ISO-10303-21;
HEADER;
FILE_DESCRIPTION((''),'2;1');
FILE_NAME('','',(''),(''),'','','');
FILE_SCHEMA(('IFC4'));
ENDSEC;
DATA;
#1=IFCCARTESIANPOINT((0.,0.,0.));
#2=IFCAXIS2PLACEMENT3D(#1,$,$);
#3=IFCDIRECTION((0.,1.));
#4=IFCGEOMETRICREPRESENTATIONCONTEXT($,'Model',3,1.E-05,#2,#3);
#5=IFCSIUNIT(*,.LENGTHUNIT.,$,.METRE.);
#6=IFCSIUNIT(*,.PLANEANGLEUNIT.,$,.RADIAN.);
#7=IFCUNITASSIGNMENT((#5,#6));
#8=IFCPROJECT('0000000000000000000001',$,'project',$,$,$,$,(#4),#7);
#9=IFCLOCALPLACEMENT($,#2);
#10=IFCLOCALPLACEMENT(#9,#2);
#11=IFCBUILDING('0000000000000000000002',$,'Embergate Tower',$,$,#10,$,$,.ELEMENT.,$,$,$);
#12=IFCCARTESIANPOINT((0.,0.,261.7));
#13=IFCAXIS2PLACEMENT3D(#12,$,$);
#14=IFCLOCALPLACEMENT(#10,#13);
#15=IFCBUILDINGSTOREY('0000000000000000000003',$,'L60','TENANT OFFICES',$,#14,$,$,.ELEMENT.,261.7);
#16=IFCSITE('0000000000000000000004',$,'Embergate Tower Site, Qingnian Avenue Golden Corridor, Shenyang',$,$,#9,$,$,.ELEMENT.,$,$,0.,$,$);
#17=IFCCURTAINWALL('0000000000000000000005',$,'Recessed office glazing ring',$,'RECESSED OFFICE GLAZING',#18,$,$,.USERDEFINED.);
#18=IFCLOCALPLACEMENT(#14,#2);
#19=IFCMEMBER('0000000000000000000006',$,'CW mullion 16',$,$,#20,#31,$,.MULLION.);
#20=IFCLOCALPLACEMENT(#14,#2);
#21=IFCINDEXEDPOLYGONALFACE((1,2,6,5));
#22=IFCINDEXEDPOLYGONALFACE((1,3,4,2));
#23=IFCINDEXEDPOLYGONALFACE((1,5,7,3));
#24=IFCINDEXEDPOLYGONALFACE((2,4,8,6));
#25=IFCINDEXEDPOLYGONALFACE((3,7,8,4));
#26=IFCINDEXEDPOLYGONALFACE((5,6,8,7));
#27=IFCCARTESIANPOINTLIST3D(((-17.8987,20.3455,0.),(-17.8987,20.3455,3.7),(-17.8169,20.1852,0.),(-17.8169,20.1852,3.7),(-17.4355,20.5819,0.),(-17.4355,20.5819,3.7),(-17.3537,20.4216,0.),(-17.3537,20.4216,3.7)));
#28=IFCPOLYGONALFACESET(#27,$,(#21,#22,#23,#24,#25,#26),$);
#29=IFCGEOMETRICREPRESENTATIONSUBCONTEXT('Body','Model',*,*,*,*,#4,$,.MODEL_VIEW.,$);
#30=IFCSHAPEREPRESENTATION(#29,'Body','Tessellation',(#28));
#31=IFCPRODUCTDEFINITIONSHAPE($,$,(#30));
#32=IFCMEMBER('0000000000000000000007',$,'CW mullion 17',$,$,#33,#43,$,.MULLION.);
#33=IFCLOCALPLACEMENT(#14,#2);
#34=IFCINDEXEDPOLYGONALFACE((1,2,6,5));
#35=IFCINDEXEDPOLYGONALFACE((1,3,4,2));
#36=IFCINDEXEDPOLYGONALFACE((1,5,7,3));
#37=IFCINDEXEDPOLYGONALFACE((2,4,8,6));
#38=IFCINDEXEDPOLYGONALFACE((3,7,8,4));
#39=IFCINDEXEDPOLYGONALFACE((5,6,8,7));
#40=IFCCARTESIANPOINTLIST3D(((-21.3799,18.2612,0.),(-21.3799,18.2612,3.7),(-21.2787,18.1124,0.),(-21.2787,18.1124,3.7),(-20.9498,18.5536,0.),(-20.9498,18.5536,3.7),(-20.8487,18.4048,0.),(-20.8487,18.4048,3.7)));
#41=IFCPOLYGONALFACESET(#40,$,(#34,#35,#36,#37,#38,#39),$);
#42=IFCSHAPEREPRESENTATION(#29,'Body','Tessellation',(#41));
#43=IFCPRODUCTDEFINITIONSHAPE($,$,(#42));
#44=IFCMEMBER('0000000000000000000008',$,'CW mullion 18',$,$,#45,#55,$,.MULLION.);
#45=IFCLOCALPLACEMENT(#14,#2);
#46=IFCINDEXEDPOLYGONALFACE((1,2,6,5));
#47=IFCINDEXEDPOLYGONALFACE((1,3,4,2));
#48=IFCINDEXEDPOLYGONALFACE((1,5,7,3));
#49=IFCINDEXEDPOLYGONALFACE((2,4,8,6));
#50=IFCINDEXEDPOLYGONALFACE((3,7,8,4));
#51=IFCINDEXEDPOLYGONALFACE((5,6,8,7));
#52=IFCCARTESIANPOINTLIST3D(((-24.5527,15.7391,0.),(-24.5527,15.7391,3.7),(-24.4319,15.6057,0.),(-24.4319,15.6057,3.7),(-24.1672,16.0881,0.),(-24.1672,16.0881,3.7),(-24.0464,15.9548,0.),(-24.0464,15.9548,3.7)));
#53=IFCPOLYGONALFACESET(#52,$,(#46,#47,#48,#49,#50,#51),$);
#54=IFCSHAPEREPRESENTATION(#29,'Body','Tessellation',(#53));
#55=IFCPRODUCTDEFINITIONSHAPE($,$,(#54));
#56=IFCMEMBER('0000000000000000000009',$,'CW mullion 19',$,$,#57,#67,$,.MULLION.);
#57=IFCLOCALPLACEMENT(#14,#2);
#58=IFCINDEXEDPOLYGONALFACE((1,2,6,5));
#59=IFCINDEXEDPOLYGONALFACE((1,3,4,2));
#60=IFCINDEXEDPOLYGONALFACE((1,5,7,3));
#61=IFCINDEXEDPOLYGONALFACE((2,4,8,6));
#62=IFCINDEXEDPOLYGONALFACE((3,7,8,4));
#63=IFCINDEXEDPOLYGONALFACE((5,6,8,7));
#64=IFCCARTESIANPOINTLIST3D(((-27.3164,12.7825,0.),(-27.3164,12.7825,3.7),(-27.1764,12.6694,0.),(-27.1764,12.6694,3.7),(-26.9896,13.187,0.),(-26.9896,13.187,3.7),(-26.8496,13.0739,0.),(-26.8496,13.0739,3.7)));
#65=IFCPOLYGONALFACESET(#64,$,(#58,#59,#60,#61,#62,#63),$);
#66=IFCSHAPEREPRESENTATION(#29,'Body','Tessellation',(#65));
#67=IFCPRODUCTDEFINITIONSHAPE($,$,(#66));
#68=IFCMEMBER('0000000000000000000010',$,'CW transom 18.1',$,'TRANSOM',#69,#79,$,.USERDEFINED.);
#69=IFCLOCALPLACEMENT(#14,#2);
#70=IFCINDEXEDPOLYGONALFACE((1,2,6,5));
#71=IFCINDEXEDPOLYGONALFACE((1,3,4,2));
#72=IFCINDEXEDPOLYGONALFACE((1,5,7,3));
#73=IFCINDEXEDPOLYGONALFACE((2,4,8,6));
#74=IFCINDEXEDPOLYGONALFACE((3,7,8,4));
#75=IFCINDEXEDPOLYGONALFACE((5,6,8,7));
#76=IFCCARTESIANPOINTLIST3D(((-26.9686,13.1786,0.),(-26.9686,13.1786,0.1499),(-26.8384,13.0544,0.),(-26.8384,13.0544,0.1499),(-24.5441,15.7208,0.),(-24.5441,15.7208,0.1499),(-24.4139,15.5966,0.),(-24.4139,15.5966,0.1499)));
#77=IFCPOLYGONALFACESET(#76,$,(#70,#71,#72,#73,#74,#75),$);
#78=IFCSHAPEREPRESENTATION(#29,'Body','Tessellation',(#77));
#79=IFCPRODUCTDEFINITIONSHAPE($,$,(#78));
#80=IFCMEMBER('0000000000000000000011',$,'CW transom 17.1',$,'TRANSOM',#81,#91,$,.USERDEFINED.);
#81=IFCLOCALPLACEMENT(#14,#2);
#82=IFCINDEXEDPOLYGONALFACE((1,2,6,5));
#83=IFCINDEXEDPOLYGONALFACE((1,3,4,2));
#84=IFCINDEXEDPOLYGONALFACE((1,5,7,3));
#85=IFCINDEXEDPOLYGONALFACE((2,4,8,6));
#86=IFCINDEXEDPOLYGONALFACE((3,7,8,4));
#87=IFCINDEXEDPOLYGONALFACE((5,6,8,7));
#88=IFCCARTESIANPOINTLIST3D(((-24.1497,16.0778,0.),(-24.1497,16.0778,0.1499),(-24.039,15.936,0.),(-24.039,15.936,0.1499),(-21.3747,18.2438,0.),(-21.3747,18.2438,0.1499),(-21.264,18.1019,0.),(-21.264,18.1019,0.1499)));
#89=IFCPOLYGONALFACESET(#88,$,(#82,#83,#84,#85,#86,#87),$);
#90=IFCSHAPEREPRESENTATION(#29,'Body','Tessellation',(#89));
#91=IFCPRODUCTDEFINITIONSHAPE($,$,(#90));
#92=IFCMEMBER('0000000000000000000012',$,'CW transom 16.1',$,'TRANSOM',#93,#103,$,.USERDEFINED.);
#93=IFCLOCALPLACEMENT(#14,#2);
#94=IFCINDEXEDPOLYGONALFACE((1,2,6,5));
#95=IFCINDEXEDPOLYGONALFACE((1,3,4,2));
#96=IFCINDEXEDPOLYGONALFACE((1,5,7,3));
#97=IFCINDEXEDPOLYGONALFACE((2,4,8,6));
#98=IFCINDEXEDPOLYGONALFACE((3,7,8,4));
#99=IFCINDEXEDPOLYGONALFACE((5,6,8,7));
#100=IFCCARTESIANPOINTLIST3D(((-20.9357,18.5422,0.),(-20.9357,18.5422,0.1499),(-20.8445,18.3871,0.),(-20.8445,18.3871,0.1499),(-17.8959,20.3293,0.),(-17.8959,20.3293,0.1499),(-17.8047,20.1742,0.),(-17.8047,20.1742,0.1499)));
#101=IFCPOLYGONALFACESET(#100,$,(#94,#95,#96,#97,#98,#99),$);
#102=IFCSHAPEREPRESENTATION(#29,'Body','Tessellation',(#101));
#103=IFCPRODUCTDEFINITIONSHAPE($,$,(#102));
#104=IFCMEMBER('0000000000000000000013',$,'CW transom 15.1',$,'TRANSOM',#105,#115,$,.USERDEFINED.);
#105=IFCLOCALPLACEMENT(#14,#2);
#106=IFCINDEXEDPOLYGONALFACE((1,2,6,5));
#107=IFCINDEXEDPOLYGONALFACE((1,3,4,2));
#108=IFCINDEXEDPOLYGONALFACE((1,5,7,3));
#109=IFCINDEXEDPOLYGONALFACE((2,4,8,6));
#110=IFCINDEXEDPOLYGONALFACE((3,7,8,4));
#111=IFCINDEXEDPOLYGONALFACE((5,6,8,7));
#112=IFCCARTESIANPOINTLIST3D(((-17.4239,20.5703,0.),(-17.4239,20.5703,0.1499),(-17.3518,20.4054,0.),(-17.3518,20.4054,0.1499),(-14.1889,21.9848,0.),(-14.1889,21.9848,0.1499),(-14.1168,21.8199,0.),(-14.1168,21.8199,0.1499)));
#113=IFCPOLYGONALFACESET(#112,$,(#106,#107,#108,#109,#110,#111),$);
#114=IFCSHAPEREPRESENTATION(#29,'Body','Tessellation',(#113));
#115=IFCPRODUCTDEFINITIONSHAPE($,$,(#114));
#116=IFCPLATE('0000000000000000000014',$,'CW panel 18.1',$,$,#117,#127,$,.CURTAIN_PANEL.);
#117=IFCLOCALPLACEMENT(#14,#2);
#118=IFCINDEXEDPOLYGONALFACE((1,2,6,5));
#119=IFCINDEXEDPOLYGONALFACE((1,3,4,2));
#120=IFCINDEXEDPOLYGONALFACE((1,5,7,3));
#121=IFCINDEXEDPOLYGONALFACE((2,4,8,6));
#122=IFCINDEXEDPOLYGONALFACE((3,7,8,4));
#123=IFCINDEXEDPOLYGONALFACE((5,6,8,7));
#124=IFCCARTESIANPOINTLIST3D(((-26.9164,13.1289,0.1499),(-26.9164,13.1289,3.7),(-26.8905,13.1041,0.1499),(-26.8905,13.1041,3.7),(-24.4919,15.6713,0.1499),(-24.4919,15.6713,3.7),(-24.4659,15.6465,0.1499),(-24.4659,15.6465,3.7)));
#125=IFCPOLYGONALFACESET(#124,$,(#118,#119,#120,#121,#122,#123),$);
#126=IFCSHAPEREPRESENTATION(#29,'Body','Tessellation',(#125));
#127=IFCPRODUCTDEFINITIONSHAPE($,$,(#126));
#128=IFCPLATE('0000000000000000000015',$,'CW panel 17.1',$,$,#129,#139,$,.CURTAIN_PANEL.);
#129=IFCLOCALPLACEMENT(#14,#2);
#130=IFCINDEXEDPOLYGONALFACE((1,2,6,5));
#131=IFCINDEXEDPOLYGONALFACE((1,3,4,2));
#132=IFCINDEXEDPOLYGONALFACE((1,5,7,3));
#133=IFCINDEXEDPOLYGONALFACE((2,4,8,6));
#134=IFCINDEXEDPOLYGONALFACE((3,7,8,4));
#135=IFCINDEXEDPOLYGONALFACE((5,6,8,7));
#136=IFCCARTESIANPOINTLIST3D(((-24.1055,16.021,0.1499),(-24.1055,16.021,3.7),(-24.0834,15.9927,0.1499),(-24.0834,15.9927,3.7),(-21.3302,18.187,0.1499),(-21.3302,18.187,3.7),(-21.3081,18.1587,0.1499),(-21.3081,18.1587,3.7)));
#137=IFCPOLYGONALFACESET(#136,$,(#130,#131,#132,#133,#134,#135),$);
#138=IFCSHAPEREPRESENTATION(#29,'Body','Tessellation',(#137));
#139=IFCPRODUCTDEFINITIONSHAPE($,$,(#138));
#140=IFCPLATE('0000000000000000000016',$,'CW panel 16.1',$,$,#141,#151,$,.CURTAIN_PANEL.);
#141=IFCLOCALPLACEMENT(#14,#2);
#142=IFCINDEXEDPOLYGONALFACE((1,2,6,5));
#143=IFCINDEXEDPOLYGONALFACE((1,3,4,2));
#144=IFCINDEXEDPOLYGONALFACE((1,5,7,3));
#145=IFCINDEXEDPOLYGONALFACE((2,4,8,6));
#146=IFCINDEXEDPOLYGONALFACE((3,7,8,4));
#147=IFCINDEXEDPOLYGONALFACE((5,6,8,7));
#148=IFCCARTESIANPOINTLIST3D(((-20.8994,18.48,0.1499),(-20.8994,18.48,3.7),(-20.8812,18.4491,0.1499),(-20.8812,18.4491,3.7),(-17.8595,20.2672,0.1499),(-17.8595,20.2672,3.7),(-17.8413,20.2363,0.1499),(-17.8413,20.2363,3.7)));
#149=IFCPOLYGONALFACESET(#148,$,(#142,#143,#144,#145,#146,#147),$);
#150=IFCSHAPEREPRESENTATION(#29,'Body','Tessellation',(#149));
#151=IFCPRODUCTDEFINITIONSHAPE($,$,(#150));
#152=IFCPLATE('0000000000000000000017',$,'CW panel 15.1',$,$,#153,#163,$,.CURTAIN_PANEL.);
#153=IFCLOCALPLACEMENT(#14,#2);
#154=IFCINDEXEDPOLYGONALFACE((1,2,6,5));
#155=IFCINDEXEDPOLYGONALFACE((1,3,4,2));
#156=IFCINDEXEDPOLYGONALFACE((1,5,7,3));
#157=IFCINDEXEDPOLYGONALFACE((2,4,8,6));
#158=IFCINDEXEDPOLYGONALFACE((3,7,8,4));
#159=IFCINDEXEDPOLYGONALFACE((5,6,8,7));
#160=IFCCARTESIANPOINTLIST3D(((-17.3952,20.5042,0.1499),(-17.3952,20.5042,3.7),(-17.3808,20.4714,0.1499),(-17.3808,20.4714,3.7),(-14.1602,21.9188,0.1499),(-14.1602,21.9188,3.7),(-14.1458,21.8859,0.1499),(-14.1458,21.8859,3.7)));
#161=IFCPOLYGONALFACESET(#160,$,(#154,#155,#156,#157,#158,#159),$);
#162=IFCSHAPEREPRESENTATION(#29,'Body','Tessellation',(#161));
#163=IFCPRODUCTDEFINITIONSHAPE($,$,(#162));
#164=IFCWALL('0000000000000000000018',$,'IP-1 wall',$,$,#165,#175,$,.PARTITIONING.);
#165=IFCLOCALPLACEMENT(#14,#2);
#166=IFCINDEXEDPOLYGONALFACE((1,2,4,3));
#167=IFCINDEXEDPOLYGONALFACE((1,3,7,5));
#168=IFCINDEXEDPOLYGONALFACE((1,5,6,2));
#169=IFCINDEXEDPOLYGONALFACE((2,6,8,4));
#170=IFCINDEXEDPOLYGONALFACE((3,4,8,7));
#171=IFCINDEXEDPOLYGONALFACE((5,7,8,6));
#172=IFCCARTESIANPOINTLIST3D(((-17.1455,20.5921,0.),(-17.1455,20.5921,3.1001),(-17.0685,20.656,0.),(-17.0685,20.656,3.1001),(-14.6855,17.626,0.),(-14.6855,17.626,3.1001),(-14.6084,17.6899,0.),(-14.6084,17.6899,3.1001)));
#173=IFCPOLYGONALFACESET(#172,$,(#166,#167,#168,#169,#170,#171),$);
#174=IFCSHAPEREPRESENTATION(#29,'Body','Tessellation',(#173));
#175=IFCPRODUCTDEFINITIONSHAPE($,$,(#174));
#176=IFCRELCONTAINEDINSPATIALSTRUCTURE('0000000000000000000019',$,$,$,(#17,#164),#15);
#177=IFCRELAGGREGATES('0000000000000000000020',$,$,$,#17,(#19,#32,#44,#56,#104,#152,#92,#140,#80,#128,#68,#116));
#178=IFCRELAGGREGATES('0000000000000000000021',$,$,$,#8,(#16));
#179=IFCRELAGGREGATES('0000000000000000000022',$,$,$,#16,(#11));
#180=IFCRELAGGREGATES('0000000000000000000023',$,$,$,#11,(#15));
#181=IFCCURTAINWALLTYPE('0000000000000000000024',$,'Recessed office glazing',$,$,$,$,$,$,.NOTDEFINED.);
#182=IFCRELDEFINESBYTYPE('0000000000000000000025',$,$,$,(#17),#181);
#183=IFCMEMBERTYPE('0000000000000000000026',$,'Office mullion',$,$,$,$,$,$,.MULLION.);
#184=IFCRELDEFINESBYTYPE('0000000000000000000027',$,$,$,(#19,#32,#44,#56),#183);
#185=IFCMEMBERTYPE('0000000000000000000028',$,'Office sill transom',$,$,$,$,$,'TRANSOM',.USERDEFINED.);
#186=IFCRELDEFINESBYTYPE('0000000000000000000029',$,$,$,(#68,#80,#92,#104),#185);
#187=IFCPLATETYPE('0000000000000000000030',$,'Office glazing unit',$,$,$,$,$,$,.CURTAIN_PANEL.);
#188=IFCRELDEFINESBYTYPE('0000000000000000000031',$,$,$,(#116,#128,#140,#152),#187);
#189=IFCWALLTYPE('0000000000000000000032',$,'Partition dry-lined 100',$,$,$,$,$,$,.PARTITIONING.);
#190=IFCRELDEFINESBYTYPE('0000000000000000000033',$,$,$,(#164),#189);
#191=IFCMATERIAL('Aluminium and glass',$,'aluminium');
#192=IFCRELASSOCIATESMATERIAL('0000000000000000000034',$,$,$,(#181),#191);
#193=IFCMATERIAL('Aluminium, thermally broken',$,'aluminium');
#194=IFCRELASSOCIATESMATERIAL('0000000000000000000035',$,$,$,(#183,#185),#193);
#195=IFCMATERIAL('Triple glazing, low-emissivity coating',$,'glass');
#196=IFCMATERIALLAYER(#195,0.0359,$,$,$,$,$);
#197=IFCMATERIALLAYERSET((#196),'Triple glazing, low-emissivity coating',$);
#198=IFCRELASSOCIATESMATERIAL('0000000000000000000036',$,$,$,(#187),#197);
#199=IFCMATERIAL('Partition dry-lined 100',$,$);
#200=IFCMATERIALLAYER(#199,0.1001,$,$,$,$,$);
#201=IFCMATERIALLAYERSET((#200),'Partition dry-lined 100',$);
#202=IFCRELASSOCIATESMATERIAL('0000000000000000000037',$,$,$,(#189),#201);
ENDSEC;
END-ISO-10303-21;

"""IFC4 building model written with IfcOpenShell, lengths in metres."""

from ifc_helpers import new_model, si_unit, direction, frame, frame_2d, origin, origin_2d, place, context, subcontext, project, spatial, rectangle, extrude, source, transform, mapped, material, layer, layer_set, material_profile, profile_set, type_object, element, aggregate, save


model = new_model("IFC4")

# Units and contexts
model_context = context("Model", 3, precision=1e-05, world=origin(), true_north=direction((0.0, 1.0)))
body_context = subcontext(model_context, "Body", "Model", "MODEL_VIEW")
ifc_project = project(units=[si_unit("LENGTHUNIT", "METRE"), si_unit("PLANEANGLEUNIT", "RADIAN")], contexts=[model_context])

# Site, building, storey
site_placement = place(None, origin())
site = spatial("IfcSite", under=ifc_project, at=site_placement, Name="Embergate Tower Site, Qingnian Avenue Golden Corridor, Shenyang", CompositionType="ELEMENT", RefElevation=0.0)
building_placement = place(site_placement, origin())
building = spatial("IfcBuilding", under=site, at=building_placement, Name="Embergate Tower", CompositionType="ELEMENT")
storey_placement = place(building_placement, frame((0.0, 0.0, 261.7)))
storey = spatial("IfcBuildingStorey", under=building, at=storey_placement, Name="L60", Description="TENANT OFFICES", CompositionType="ELEMENT", Elevation=261.7)

# Curtain wall, members, plates
ifc_material_1 = material(Name="Aluminium and glass", Category="aluminium")
curtain_wall_type = type_object("IfcCurtainWallType", Name="Recessed office glazing", PredefinedType="NOTDEFINED", material=ifc_material_1)
curtain_wall_placement = place(storey_placement, origin())
curtain_wall = element("IfcCurtainWall", 1, at=curtain_wall_placement, inside=storey, type_object=curtain_wall_type, Name="Recessed office glazing ring", ObjectType="RECESSED OFFICE GLAZING", PredefinedType="USERDEFINED")
ifc_material_2 = material(Name="Aluminium, thermally broken", Category="aluminium")
ifc_material_profile_1 = material_profile(ifc_material_2, rectangle(XDim=0.1799, YDim=0.52, at=origin_2d()), Name="AL 520x180")
ifc_profile_set_1 = profile_set([ifc_material_profile_1], Name="Aluminium, thermally broken")
member_type_1 = type_object("IfcMemberType", Name="Office mullion", PredefinedType="MULLION", material=ifc_profile_set_1)
shared_shape_1 = source(origin(), body_context, "Body", "SweptSolid", [
    extrude(rectangle(XDim=0.1799, YDim=0.52, at=origin_2d()), origin(), (0.0, 0.0, 1.0), 3.7),
])
member_1_placement = place(storey_placement, frame((-17.6262, 20.3835, 0.0), z_axis=(0.0, 0.0, 1.0), x_axis=(0.454505, -0.890744, 0.0)))
member_1 = element("IfcMember", 2, at=member_1_placement, type_object=member_type_1, Name="CW mullion 16", PredefinedType="MULLION", context=body_context, shape_type="MappedRepresentation", body=[
    mapped(shared_shape_1, transform((0.0, 0.0, 0.0))),
])
member_2_placement = place(storey_placement, frame((-21.1143, 18.333, 0.0), z_axis=(0.0, 0.0, 1.0), x_axis=(0.562209, -0.826995, 0.0)))
member_2 = element("IfcMember", 3, at=member_2_placement, type_object=member_type_1, Name="CW mullion 17", PredefinedType="MULLION", context=body_context, shape_type="MappedRepresentation", body=[
    mapped(shared_shape_1, transform((0.0, 0.0, 0.0))),
])
member_3_placement = place(storey_placement, frame((-24.2996, 15.8469, 0.0), z_axis=(0.0, 0.0, 1.0), x_axis=(0.671217, -0.74126, 0.0)))
member_3 = element("IfcMember", 4, at=member_3_placement, type_object=member_type_1, Name="CW mullion 18", PredefinedType="MULLION", context=body_context, shape_type="MappedRepresentation", body=[
    mapped(shared_shape_1, transform((0.0, 0.0, 0.0))),
])
member_4_placement = place(storey_placement, frame((-27.083, 12.9282, 0.0), z_axis=(0.0, 0.0, 1.0), x_axis=(0.777864, -0.628433, 0.0)))
member_4 = element("IfcMember", 5, at=member_4_placement, type_object=member_type_1, Name="CW mullion 19", PredefinedType="MULLION", context=body_context, shape_type="MappedRepresentation", body=[
    mapped(shared_shape_1, transform((0.0, 0.0, 0.0))),
])
ifc_material_profile_2 = material_profile(ifc_material_2, rectangle(XDim=0.1799, YDim=0.1499, at=origin_2d()), Name="AL 150x180")
ifc_profile_set_2 = profile_set([ifc_material_profile_2], Name="Aluminium, thermally broken")
member_type_2 = type_object("IfcMemberType", Name="Office sill transom", ElementType="TRANSOM", PredefinedType="USERDEFINED", material=ifc_profile_set_2)
shared_shape_2 = source(origin(), body_context, "Body", "SweptSolid", [
    extrude(rectangle(XDim=0.1799, YDim=0.1499, at=origin_2d()), origin(), (0.0, 0.0, 1.0), 3.5129),
])
member_5_placement = place(storey_placement, frame((-24.479, 15.6587, 0.075), z_axis=(-0.69016, -0.723657, 0.0), x_axis=(0.723657, -0.69016, 0.0)))
member_5 = element("IfcMember", 6, at=member_5_placement, type_object=member_type_2, Name="CW transom 18.1", ObjectType="TRANSOM", PredefinedType="USERDEFINED", context=body_context, shape_type="MappedRepresentation", body=[
    mapped(shared_shape_2, transform((0.0, 0.0, 0.0))),
])
shared_shape_3 = source(origin(), body_context, "Body", "SweptSolid", [
    extrude(rectangle(XDim=0.1799, YDim=0.1499, at=origin_2d()), origin(), (0.0, 0.0, 1.0), 3.5203),
])
member_6_placement = place(storey_placement, frame((-21.3193, 18.1729, 0.075), z_axis=(-0.788309, -0.615279, 0.0), x_axis=(0.615279, -0.788309, 0.0)))
member_6 = element("IfcMember", 7, at=member_6_placement, type_object=member_type_2, Name="CW transom 17.1", ObjectType="TRANSOM", PredefinedType="USERDEFINED", context=body_context, shape_type="MappedRepresentation", body=[
    mapped(shared_shape_3, transform((0.0, 0.0, 0.0))),
])
shared_shape_4 = source(origin(), body_context, "Body", "SweptSolid", [
    extrude(rectangle(XDim=0.1799, YDim=0.1499, at=origin_2d()), origin(), (0.0, 0.0, 1.0), 3.5261),
])
member_7_placement = place(storey_placement, frame((-17.8503, 20.2517, 0.075), z_axis=(-0.862059, -0.506808, 0.0), x_axis=(0.506808, -0.862059, 0.0)))
member_7 = element("IfcMember", 8, at=member_7_placement, type_object=member_type_2, Name="CW transom 16.1", ObjectType="TRANSOM", PredefinedType="USERDEFINED", context=body_context, shape_type="MappedRepresentation", body=[
    mapped(shared_shape_4, transform((0.0, 0.0, 0.0))),
])
shared_shape_5 = source(origin(), body_context, "Body", "SweptSolid", [
    extrude(rectangle(XDim=0.1799, YDim=0.1499, at=origin_2d()), origin(), (0.0, 0.0, 1.0), 3.5308),
])
member_8_placement = place(storey_placement, frame((-14.1528, 21.9023, 0.075), z_axis=(-0.916241, -0.400627, 0.0), x_axis=(0.400627, -0.916241, 0.0)))
member_8 = element("IfcMember", 9, at=member_8_placement, type_object=member_type_2, Name="CW transom 15.1", ObjectType="TRANSOM", PredefinedType="USERDEFINED", context=body_context, shape_type="MappedRepresentation", body=[
    mapped(shared_shape_5, transform((0.0, 0.0, 0.0))),
])
ifc_material_3 = material(Name="Triple glazing, low-emissivity coating", Category="glass")
ifc_layer_1 = layer(ifc_material_3, 0.0359)
ifc_layer_set_1 = layer_set([ifc_layer_1], Name="Triple glazing, low-emissivity coating")
plate_type = type_object("IfcPlateType", Name="Office glazing unit", PredefinedType="CURTAIN_PANEL", material=ifc_layer_set_1)
shared_shape_6 = source(origin(), body_context, "Body", "SweptSolid", [
    extrude(rectangle(XDim=3.5132, YDim=0.0359, at=origin_2d()), origin(), (0.0, 0.0, 1.0), 3.55),
])
plate_1_placement = place(storey_placement, frame((-25.6912, 14.3877, 0.1499), z_axis=(0.0, 0.0, 1.0), x_axis=(-0.690138, -0.723678, 0.0)))
plate_1 = element("IfcPlate", 10, at=plate_1_placement, type_object=plate_type, Name="CW panel 18.1", PredefinedType="CURTAIN_PANEL", context=body_context, shape_type="MappedRepresentation", body=[
    mapped(shared_shape_6, transform((0.0, 0.0, 0.0))),
])
shared_shape_7 = source(origin(), body_context, "Body", "SweptSolid", [
    extrude(rectangle(XDim=3.5205, YDim=0.0359, at=origin_2d()), origin(), (0.0, 0.0, 1.0), 3.55),
])
plate_2_placement = place(storey_placement, frame((-22.7068, 17.0898, 0.1499), z_axis=(0.0, 0.0, 1.0), x_axis=(-0.788322, -0.615263, 0.0)))
plate_2 = element("IfcPlate", 11, at=plate_2_placement, type_object=plate_type, Name="CW panel 17.1", PredefinedType="CURTAIN_PANEL", context=body_context, shape_type="MappedRepresentation", body=[
    mapped(shared_shape_7, transform((0.0, 0.0, 0.0))),
])
shared_shape_8 = source(origin(), body_context, "Body", "SweptSolid", [
    extrude(rectangle(XDim=3.5264, YDim=0.0359, at=origin_2d()), origin(), (0.0, 0.0, 1.0), 3.55),
])
plate_3_placement = place(storey_placement, frame((-19.3704, 19.3582, 0.1499), z_axis=(0.0, 0.0, 1.0), x_axis=(-0.862055, -0.506815, 0.0)))
plate_3 = element("IfcPlate", 12, at=plate_3_placement, type_object=plate_type, Name="CW panel 16.1", PredefinedType="CURTAIN_PANEL", context=body_context, shape_type="MappedRepresentation", body=[
    mapped(shared_shape_8, transform((0.0, 0.0, 0.0))),
])
shared_shape_9 = source(origin(), body_context, "Body", "SweptSolid", [
    extrude(rectangle(XDim=3.5308, YDim=0.0359, at=origin_2d()), origin(), (0.0, 0.0, 1.0), 3.55),
])
plate_4_placement = place(storey_placement, frame((-15.7705, 21.1951, 0.1499), z_axis=(0.0, 0.0, 1.0), x_axis=(-0.916237, -0.400637, 0.0)))
plate_4 = element("IfcPlate", 13, at=plate_4_placement, type_object=plate_type, Name="CW panel 15.1", PredefinedType="CURTAIN_PANEL", context=body_context, shape_type="MappedRepresentation", body=[
    mapped(shared_shape_9, transform((0.0, 0.0, 0.0))),
])
aggregate(curtain_wall, [member_1, member_2, member_3, member_4, member_8, plate_4, member_7, plate_3, member_6, plate_2, member_5, plate_1])

# Wall
ifc_material_4 = material(Name="Partition dry-lined 100")
ifc_layer_2 = layer(ifc_material_4, 0.1001)
ifc_layer_set_2 = layer_set([ifc_layer_2], Name="Partition dry-lined 100")
wall_type = type_object("IfcWallType", Name="Partition dry-lined 100", PredefinedType="PARTITIONING", material=ifc_layer_set_2)
shared_shape_10 = source(origin(), body_context, "Body", "SweptSolid", [
    extrude(rectangle(XDim=3.8535, YDim=0.1001, at=frame_2d((1.9268, 0.0))), origin(), (0.0, 0.0, 1.0), 3.1001),
])
wall_1_placement = place(storey_placement, frame((-14.647, 17.658, 0.0), z_axis=(0.0, 0.0, 1.0), x_axis=(-0.638382, 0.76972, 0.0)))
element("IfcWall", 14, at=wall_1_placement, inside=storey, type_object=wall_type, Name="IP-1 wall", PredefinedType="PARTITIONING", context=body_context, shape_type="MappedRepresentation", body=[
    mapped(shared_shape_10, transform((0.0, 0.0, 0.0))),
])

save(model, "model.ifc")
